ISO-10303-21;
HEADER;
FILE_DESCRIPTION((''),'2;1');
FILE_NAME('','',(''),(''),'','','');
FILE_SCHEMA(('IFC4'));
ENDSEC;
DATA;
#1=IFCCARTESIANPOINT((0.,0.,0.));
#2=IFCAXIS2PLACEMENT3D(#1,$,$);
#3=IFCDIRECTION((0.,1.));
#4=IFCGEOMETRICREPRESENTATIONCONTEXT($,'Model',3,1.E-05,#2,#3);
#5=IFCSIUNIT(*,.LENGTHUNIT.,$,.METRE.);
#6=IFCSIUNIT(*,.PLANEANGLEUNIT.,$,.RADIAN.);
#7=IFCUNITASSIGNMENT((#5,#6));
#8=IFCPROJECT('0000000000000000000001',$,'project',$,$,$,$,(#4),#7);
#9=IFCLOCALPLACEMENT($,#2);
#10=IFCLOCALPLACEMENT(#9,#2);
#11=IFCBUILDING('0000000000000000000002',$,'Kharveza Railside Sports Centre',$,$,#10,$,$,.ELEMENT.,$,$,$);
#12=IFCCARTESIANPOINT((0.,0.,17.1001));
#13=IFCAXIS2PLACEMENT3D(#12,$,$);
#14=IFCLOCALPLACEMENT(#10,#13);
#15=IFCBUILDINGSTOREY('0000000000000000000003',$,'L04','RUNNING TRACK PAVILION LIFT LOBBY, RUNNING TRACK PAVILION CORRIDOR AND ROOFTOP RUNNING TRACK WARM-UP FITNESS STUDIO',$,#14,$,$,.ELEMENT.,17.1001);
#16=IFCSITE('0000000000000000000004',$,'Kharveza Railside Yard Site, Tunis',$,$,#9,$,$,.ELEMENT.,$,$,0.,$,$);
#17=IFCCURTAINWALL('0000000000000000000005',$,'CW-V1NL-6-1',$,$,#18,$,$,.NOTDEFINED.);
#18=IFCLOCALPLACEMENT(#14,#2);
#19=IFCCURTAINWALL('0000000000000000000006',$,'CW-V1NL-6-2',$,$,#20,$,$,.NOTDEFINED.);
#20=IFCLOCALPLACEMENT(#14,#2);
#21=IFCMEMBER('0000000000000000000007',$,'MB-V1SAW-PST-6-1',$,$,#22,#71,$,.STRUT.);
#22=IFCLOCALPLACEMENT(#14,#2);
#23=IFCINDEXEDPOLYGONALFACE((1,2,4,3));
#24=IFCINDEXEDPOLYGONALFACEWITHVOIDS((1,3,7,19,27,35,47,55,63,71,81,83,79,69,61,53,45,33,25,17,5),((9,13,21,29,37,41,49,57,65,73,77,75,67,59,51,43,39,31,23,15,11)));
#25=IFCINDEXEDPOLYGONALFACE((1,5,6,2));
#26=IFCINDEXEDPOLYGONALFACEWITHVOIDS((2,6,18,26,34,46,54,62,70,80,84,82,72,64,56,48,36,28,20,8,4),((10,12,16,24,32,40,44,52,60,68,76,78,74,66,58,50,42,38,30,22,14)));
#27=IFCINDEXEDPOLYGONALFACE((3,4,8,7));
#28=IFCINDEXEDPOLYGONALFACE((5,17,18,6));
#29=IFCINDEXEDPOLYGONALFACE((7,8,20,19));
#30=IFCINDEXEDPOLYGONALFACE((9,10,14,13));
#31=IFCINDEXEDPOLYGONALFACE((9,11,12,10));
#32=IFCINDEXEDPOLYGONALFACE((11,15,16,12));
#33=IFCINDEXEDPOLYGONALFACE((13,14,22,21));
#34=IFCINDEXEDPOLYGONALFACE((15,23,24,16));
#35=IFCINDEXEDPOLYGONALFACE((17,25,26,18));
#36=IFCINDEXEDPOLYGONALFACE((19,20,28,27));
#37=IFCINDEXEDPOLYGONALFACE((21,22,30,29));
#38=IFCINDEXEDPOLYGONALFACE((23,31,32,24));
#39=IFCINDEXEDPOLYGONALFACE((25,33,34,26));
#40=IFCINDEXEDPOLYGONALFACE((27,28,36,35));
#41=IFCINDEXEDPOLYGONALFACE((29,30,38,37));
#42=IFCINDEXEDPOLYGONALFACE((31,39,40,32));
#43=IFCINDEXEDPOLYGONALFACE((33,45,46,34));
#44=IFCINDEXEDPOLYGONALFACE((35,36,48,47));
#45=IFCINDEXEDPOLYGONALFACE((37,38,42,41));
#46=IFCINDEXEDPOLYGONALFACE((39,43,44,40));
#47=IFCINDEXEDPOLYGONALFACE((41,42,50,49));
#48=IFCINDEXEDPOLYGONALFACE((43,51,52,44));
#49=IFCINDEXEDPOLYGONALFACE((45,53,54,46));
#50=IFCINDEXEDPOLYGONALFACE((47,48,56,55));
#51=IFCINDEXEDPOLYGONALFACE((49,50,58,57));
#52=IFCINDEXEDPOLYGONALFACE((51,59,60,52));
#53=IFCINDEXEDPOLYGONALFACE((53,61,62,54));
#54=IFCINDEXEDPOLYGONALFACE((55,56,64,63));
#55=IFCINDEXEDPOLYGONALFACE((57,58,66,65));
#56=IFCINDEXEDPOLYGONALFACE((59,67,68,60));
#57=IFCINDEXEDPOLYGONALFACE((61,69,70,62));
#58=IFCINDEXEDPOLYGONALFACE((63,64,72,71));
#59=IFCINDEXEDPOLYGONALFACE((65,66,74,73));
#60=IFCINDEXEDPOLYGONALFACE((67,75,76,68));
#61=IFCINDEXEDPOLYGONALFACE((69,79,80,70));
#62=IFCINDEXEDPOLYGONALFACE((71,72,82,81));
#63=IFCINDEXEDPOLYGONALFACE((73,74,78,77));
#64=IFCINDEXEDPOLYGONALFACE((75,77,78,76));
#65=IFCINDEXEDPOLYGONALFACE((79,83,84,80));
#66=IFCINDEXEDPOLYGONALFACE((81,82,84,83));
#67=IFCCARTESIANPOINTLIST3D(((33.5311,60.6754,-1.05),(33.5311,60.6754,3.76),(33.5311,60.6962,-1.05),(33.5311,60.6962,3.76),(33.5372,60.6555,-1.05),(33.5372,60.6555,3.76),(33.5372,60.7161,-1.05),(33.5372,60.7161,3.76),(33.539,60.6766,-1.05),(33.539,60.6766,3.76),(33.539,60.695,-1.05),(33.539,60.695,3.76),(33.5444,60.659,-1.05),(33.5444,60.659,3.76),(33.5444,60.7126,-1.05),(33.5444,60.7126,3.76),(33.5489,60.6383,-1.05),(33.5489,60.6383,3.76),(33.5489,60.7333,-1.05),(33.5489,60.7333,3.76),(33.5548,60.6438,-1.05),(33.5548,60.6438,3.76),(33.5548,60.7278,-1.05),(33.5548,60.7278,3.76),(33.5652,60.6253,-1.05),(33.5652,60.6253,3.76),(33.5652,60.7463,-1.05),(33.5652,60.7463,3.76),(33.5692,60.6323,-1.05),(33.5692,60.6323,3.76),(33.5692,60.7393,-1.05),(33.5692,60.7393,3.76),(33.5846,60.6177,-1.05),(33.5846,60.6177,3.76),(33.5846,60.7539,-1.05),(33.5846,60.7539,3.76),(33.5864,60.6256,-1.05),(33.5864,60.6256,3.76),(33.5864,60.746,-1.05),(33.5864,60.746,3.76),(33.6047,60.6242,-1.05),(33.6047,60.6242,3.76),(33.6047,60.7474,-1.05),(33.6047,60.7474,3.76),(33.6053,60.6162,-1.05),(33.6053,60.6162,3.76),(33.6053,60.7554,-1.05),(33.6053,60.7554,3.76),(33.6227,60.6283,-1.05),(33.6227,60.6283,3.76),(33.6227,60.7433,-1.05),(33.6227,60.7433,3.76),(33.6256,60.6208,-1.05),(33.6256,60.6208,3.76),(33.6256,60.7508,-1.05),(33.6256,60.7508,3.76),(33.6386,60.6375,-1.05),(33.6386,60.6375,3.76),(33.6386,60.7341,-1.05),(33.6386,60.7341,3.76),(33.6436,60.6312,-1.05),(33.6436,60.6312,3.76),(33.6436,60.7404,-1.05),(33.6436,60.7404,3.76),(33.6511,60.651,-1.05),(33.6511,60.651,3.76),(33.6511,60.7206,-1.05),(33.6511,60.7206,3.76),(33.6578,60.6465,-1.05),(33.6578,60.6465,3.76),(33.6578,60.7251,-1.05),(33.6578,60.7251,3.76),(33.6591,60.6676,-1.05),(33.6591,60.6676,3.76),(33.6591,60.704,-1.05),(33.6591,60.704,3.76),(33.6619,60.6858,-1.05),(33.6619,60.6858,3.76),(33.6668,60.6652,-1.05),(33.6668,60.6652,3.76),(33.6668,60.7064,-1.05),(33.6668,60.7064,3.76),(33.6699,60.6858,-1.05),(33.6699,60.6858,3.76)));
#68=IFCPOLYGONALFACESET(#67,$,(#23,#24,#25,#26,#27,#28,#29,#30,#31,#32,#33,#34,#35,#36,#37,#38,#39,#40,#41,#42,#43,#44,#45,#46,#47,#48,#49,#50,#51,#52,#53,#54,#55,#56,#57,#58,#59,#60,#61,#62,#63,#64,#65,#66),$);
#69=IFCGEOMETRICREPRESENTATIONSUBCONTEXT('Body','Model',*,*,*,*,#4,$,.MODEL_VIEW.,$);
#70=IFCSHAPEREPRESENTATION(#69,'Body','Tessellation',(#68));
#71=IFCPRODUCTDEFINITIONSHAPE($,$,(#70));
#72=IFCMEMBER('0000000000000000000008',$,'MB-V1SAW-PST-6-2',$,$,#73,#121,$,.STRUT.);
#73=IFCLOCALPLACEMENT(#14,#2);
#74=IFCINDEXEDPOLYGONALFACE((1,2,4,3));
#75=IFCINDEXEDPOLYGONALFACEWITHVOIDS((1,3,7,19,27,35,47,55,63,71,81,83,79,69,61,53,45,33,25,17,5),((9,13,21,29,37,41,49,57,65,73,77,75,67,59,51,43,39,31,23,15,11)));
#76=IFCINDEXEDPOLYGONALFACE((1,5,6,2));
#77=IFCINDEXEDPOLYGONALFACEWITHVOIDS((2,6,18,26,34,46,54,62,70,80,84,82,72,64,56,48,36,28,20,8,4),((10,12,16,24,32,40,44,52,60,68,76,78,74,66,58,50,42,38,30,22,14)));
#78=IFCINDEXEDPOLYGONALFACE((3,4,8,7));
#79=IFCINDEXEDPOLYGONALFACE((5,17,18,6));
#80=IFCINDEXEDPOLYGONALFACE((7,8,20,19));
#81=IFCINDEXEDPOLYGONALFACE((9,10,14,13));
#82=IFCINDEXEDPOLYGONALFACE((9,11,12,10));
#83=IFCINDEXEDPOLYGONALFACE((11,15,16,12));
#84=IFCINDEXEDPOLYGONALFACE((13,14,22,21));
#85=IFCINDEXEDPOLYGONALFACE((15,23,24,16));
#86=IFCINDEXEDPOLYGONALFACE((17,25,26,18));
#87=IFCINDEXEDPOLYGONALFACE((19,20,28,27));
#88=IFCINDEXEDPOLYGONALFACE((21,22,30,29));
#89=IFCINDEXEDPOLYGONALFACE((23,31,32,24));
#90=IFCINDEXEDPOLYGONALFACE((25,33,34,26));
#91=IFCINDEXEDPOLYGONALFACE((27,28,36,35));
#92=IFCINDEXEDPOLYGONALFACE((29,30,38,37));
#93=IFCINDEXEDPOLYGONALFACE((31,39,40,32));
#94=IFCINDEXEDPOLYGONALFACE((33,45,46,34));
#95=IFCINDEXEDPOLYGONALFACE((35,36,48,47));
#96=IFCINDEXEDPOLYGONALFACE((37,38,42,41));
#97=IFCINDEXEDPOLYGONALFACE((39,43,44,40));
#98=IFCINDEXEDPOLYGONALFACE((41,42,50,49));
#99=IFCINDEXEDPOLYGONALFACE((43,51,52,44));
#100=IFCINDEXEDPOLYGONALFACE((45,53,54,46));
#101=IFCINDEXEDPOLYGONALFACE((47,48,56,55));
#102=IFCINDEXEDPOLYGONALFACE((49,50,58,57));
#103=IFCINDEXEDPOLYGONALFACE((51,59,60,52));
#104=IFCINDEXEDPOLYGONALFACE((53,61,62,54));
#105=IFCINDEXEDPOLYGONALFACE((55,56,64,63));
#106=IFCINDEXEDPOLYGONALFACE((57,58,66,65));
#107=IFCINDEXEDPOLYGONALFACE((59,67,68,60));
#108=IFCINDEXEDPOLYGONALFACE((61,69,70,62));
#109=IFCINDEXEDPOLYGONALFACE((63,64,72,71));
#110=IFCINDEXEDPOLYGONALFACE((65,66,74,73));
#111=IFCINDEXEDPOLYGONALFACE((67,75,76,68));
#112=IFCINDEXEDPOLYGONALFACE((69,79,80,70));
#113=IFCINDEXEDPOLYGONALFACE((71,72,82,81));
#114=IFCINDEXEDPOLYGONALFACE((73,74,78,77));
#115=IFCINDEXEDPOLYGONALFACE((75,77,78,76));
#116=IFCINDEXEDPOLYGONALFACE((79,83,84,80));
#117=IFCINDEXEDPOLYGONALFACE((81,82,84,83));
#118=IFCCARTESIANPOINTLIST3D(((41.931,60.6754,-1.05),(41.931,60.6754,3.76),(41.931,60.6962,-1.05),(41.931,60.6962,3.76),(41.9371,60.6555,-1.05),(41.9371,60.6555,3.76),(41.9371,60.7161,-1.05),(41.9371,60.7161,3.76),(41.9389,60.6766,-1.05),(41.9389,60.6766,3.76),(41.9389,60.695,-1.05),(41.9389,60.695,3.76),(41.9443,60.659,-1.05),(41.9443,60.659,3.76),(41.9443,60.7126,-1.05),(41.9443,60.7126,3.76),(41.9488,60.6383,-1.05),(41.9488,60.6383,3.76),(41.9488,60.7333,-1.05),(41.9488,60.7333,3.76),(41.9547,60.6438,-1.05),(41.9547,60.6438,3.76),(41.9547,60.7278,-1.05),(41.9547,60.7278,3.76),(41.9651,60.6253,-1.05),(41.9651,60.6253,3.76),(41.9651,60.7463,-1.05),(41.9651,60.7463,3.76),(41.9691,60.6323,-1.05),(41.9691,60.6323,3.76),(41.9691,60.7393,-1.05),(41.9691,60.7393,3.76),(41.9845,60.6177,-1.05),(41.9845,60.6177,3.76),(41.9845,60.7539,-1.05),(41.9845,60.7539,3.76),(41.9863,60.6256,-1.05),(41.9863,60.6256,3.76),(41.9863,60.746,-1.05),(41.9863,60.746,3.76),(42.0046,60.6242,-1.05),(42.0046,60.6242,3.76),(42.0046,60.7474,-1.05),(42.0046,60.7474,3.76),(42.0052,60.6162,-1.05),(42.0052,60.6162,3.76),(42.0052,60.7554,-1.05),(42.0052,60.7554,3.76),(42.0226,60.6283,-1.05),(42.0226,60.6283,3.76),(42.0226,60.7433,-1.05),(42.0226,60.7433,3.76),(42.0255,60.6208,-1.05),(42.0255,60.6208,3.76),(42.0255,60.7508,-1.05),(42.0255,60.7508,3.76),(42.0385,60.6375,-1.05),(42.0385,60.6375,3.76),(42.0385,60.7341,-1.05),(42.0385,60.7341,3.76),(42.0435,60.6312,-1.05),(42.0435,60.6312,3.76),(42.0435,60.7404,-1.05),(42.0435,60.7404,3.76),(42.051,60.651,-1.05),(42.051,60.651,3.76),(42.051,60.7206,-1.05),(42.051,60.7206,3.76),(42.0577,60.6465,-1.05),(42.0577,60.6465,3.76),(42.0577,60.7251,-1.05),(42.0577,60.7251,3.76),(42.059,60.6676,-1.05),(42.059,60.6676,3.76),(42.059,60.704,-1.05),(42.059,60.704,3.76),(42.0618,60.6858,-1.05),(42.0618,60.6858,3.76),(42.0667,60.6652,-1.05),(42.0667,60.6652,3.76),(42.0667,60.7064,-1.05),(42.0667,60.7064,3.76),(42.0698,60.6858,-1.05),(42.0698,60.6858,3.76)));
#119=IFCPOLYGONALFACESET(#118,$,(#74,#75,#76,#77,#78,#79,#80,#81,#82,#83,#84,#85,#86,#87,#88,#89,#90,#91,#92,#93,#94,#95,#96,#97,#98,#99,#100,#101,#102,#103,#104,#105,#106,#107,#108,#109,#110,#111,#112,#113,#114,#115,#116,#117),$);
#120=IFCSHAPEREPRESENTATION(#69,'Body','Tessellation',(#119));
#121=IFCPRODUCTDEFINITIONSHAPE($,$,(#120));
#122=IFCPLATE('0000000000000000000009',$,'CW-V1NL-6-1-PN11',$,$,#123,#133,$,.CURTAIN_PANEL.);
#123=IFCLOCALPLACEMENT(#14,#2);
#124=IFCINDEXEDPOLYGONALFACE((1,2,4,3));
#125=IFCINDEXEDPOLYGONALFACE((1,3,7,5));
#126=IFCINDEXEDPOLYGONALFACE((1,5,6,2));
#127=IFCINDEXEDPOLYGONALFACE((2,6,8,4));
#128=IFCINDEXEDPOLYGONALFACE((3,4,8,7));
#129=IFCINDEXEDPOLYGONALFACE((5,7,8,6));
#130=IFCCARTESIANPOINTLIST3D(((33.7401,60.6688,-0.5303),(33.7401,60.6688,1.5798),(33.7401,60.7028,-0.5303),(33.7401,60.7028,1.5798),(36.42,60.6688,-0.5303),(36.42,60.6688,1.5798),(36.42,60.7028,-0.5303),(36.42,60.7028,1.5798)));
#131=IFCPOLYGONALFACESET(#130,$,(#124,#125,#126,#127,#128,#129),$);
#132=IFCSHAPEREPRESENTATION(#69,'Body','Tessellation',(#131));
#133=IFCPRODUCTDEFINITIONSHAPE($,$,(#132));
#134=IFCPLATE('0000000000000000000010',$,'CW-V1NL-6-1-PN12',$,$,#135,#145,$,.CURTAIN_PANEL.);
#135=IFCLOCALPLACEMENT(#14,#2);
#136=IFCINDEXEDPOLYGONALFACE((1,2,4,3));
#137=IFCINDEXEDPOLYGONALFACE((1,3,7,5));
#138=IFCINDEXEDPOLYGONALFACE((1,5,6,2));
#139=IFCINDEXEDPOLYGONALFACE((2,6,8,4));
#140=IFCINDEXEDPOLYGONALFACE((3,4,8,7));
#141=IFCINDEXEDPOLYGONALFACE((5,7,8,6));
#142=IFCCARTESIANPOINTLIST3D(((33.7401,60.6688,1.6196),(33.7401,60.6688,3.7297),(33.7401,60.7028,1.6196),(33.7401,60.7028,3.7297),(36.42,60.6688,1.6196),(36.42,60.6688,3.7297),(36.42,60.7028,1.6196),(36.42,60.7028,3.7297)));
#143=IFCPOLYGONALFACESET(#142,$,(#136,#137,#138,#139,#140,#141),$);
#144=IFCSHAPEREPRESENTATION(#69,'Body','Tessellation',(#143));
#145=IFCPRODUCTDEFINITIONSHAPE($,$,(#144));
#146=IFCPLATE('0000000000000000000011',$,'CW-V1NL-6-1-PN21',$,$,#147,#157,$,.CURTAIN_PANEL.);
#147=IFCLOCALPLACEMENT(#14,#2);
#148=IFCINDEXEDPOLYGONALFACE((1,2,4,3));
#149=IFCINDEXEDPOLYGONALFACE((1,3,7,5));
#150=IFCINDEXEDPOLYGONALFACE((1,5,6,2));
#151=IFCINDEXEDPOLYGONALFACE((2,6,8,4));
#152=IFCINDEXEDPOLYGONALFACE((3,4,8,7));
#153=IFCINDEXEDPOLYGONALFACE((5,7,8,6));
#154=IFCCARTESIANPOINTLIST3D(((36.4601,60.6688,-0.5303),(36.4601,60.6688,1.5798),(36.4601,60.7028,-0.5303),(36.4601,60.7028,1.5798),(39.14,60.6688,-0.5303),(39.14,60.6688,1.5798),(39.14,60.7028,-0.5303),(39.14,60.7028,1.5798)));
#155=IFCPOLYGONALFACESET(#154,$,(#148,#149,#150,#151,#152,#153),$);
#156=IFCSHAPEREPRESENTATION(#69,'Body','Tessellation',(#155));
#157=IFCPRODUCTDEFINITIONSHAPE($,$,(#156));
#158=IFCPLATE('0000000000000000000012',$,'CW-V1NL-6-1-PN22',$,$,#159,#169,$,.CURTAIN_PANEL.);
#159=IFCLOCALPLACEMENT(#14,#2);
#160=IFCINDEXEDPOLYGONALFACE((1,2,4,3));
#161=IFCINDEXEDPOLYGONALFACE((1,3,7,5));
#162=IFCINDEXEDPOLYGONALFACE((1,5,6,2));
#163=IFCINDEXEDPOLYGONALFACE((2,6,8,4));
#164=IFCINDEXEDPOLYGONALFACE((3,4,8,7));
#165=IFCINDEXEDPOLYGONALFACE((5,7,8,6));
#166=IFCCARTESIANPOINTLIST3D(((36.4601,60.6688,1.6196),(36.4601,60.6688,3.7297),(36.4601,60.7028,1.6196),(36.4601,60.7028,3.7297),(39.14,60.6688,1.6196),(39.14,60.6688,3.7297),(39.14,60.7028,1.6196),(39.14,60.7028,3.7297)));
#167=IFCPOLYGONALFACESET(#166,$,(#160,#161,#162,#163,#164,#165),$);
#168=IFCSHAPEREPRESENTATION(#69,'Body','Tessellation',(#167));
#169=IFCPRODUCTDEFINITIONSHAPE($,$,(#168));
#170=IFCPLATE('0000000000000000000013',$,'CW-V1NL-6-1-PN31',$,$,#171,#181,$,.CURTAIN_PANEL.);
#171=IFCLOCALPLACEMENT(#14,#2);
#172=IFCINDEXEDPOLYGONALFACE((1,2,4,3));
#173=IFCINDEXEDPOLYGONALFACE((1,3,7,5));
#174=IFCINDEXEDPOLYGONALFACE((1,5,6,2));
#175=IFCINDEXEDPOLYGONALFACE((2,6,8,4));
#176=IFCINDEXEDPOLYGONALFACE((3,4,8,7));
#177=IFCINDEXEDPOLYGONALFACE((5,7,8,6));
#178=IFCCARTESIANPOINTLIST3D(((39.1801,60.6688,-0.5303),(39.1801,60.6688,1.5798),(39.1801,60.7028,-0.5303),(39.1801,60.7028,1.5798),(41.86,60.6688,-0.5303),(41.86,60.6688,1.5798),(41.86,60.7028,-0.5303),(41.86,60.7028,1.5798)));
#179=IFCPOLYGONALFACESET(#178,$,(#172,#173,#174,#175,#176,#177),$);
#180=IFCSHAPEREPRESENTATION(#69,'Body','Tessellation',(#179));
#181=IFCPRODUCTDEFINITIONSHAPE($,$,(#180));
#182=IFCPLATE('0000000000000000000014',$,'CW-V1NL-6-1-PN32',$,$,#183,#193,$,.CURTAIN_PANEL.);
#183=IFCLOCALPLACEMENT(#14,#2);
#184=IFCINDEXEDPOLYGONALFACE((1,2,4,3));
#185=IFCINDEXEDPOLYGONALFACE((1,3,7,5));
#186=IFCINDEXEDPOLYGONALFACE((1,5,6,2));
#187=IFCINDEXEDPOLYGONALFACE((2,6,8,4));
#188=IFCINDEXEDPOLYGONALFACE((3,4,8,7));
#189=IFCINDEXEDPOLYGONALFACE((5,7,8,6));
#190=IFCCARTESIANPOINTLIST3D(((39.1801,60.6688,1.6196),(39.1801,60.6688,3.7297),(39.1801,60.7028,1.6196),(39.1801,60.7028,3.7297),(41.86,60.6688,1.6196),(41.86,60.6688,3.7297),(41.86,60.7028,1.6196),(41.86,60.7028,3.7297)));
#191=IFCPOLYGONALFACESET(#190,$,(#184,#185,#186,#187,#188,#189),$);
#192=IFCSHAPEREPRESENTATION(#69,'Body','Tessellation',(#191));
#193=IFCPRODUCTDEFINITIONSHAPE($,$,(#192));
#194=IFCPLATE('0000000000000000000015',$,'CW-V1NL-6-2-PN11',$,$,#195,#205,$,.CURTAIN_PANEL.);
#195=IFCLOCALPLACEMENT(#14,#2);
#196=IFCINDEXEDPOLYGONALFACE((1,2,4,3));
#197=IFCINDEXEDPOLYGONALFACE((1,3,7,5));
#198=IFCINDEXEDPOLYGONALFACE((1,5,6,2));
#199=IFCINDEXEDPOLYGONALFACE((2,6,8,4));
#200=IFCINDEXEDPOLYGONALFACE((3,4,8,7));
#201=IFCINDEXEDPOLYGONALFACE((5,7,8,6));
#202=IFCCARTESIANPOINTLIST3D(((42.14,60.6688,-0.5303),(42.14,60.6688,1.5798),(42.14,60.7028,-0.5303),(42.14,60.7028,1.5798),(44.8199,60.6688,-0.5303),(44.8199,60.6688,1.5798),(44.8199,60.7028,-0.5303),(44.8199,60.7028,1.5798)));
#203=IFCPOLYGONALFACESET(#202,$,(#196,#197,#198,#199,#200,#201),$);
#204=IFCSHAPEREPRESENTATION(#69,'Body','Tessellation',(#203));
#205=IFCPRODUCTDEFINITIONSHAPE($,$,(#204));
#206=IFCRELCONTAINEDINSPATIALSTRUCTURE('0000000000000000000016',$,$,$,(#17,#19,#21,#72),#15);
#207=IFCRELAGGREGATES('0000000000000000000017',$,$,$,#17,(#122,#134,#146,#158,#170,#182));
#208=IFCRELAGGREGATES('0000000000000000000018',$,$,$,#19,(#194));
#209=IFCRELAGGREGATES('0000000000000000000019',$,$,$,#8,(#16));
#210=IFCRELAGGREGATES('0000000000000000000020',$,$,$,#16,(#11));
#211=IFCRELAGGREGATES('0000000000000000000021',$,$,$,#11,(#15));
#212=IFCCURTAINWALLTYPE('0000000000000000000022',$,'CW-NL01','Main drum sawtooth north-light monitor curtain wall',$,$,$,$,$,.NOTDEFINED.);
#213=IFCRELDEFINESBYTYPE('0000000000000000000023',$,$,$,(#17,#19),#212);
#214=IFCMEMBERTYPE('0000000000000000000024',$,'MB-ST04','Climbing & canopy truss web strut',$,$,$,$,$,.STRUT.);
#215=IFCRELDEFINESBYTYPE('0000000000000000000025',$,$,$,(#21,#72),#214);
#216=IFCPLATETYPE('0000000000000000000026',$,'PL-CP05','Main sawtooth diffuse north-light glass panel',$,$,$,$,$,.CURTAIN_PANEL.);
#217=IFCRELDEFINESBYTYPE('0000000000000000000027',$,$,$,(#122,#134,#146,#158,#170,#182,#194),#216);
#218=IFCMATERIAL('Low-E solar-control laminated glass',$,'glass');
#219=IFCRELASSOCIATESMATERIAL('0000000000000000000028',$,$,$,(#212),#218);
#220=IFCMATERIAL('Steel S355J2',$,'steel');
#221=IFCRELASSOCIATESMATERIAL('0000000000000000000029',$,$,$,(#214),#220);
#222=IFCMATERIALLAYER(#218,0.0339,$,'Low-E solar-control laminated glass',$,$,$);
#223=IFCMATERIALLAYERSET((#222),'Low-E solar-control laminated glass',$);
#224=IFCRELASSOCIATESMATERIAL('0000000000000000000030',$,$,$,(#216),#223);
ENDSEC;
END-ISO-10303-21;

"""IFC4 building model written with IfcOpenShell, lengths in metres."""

from ifc_helpers import new_model, si_unit, direction, frame, origin, origin_2d, place, context, subcontext, project, spatial, rectangle, hollow_circle, extrude, material, layer, layer_set, material_profile, profile_set, type_object, element, aggregate, save


model = new_model("IFC4")

# Units and contexts
model_context = context("Model", 3, precision=1e-05, world=origin(), true_north=direction((0.0, 1.0)))
body_context = subcontext(model_context, "Body", "Model", "MODEL_VIEW")
ifc_project = project(units=[si_unit("LENGTHUNIT", "METRE"), si_unit("PLANEANGLEUNIT", "RADIAN")], contexts=[model_context])

# Site, building, storey
site_placement = place(None, origin())
site = spatial("IfcSite", under=ifc_project, at=site_placement, Name="Kharveza Railside Yard Site, Tunis", CompositionType="ELEMENT", RefElevation=0.0)
building_placement = place(site_placement, origin())
building = spatial("IfcBuilding", under=site, at=building_placement, Name="Kharveza Railside Sports Centre", CompositionType="ELEMENT")
storey_placement = place(building_placement, frame((0.0, 0.0, 17.1001)))
storey = spatial("IfcBuildingStorey", under=building, at=storey_placement, Name="L04", Description="RUNNING TRACK PAVILION LIFT LOBBY, RUNNING TRACK PAVILION CORRIDOR AND ROOFTOP RUNNING TRACK WARM-UP FITNESS STUDIO", CompositionType="ELEMENT", Elevation=17.1001)

# Shared definitions
ifc_material_1 = material(Name="Steel S355J2", Category="steel")

# Curtain walls
ifc_material_2 = material(Name="Low-E solar-control laminated glass", Category="glass")
curtain_wall_type = type_object("IfcCurtainWallType", Name="CW-NL01", Description="Main drum sawtooth north-light monitor curtain wall", PredefinedType="NOTDEFINED", material=ifc_material_2)
curtain_wall_1_placement = place(storey_placement, origin())
curtain_wall_1 = element("IfcCurtainWall", 1, at=curtain_wall_1_placement, inside=storey, type_object=curtain_wall_type, Name="CW-V1NL-6-1", PredefinedType="NOTDEFINED")
curtain_wall_2_placement = place(storey_placement, origin())
curtain_wall_2 = element("IfcCurtainWall", 2, at=curtain_wall_2_placement, inside=storey, type_object=curtain_wall_type, Name="CW-V1NL-6-2", PredefinedType="NOTDEFINED")

# Members
ifc_material_profile_1 = material_profile(ifc_material_1, hollow_circle(Radius=0.0698, WallThickness=0.0081, at=origin_2d()), Name="CHS 139.7x8.0")
ifc_profile_set_1 = profile_set([ifc_material_profile_1], Name="Steel S355J2")
member_type_1 = type_object("IfcMemberType", Name="MB-ST04", Description="Climbing & canopy truss web strut", PredefinedType="STRUT", material=ifc_profile_set_1)
for number, where, z_axis, x_axis, name in (
    (3, (33.6001, 60.6858, -1.05), (0.0, 0.0, 1.0), (1.0, 0.0, 0.0), "MB-V1SAW-PST-6-1"),
    (4, (42.0, 60.6858, -1.05), (0.0, 0.0, 1.0), (1.0, 0.0, 0.0), "MB-V1SAW-PST-6-2"),
):
    element("IfcMember", number, at=place(storey_placement, frame(where, z_axis=z_axis, x_axis=x_axis)), inside=storey, type_object=member_type_1, Name=name, PredefinedType="STRUT", context=body_context, shape_type="SweptSolid", body=[
        extrude(hollow_circle(Radius=0.0698, WallThickness=0.0081, at=origin_2d()), origin(), (0.0, 0.0, 1.0), 4.8101),
    ])

# Plates
ifc_layer = layer(ifc_material_2, 0.0339, Name="Low-E solar-control laminated glass")
ifc_layer_set = layer_set([ifc_layer], Name="Low-E solar-control laminated glass")
plate_type = type_object("IfcPlateType", Name="PL-CP05", Description="Main sawtooth diffuse north-light glass panel", PredefinedType="CURTAIN_PANEL", material=ifc_layer_set)
plate_1_placement = place(storey_placement, frame((35.0801, 60.6858, -0.5303), z_axis=(0.0, 0.0, 1.0), x_axis=(1.0, 0.0, 0.0)))
plate_1 = element("IfcPlate", 5, at=plate_1_placement, type_object=plate_type, Name="CW-V1NL-6-1-PN11", PredefinedType="CURTAIN_PANEL", context=body_context, shape_type="SweptSolid", body=[
    extrude(rectangle(XDim=2.6799, YDim=0.0339, at=origin_2d()), origin(), (0.0, 0.0, 1.0), 2.1101),
])
plate_2_placement = place(storey_placement, frame((35.0801, 60.6858, 1.6196), z_axis=(0.0, 0.0, 1.0), x_axis=(1.0, 0.0, 0.0)))
plate_2 = element("IfcPlate", 6, at=plate_2_placement, type_object=plate_type, Name="CW-V1NL-6-1-PN12", PredefinedType="CURTAIN_PANEL", context=body_context, shape_type="SweptSolid", body=[
    extrude(rectangle(XDim=2.6799, YDim=0.0339, at=origin_2d()), origin(), (0.0, 0.0, 1.0), 2.1101),
])
plate_3_placement = place(storey_placement, frame((37.8, 60.6858, -0.5303), z_axis=(0.0, 0.0, 1.0), x_axis=(1.0, 0.0, 0.0)))
plate_3 = element("IfcPlate", 7, at=plate_3_placement, type_object=plate_type, Name="CW-V1NL-6-1-PN21", PredefinedType="CURTAIN_PANEL", context=body_context, shape_type="SweptSolid", body=[
    extrude(rectangle(XDim=2.6799, YDim=0.0339, at=origin_2d()), origin(), (0.0, 0.0, 1.0), 2.1101),
])
plate_4_placement = place(storey_placement, frame((37.8, 60.6858, 1.6196), z_axis=(0.0, 0.0, 1.0), x_axis=(1.0, 0.0, 0.0)))
plate_4 = element("IfcPlate", 8, at=plate_4_placement, type_object=plate_type, Name="CW-V1NL-6-1-PN22", PredefinedType="CURTAIN_PANEL", context=body_context, shape_type="SweptSolid", body=[
    extrude(rectangle(XDim=2.6799, YDim=0.0339, at=origin_2d()), origin(), (0.0, 0.0, 1.0), 2.1101),
])
plate_5_placement = place(storey_placement, frame((40.52, 60.6858, -0.5303), z_axis=(0.0, 0.0, 1.0), x_axis=(1.0, 0.0, 0.0)))
plate_5 = element("IfcPlate", 9, at=plate_5_placement, type_object=plate_type, Name="CW-V1NL-6-1-PN31", PredefinedType="CURTAIN_PANEL", context=body_context, shape_type="SweptSolid", body=[
    extrude(rectangle(XDim=2.6799, YDim=0.0339, at=origin_2d()), origin(), (0.0, 0.0, 1.0), 2.1101),
])
plate_6_placement = place(storey_placement, frame((40.52, 60.6858, 1.6196), z_axis=(0.0, 0.0, 1.0), x_axis=(1.0, 0.0, 0.0)))
plate_6 = element("IfcPlate", 10, at=plate_6_placement, type_object=plate_type, Name="CW-V1NL-6-1-PN32", PredefinedType="CURTAIN_PANEL", context=body_context, shape_type="SweptSolid", body=[
    extrude(rectangle(XDim=2.6799, YDim=0.0339, at=origin_2d()), origin(), (0.0, 0.0, 1.0), 2.1101),
])
aggregate(curtain_wall_1, [plate_1, plate_2, plate_3, plate_4, plate_5, plate_6])
plate_7_placement = place(storey_placement, frame((43.48, 60.6858, -0.5303), z_axis=(0.0, 0.0, 1.0), x_axis=(1.0, 0.0, 0.0)))
plate_7 = element("IfcPlate", 11, at=plate_7_placement, type_object=plate_type, Name="CW-V1NL-6-2-PN11", PredefinedType="CURTAIN_PANEL", context=body_context, shape_type="SweptSolid", body=[
    extrude(rectangle(XDim=2.6799, YDim=0.0339, at=origin_2d()), origin(), (0.0, 0.0, 1.0), 2.1101),
])
aggregate(curtain_wall_2, [plate_7])

save(model, "model.ifc")
